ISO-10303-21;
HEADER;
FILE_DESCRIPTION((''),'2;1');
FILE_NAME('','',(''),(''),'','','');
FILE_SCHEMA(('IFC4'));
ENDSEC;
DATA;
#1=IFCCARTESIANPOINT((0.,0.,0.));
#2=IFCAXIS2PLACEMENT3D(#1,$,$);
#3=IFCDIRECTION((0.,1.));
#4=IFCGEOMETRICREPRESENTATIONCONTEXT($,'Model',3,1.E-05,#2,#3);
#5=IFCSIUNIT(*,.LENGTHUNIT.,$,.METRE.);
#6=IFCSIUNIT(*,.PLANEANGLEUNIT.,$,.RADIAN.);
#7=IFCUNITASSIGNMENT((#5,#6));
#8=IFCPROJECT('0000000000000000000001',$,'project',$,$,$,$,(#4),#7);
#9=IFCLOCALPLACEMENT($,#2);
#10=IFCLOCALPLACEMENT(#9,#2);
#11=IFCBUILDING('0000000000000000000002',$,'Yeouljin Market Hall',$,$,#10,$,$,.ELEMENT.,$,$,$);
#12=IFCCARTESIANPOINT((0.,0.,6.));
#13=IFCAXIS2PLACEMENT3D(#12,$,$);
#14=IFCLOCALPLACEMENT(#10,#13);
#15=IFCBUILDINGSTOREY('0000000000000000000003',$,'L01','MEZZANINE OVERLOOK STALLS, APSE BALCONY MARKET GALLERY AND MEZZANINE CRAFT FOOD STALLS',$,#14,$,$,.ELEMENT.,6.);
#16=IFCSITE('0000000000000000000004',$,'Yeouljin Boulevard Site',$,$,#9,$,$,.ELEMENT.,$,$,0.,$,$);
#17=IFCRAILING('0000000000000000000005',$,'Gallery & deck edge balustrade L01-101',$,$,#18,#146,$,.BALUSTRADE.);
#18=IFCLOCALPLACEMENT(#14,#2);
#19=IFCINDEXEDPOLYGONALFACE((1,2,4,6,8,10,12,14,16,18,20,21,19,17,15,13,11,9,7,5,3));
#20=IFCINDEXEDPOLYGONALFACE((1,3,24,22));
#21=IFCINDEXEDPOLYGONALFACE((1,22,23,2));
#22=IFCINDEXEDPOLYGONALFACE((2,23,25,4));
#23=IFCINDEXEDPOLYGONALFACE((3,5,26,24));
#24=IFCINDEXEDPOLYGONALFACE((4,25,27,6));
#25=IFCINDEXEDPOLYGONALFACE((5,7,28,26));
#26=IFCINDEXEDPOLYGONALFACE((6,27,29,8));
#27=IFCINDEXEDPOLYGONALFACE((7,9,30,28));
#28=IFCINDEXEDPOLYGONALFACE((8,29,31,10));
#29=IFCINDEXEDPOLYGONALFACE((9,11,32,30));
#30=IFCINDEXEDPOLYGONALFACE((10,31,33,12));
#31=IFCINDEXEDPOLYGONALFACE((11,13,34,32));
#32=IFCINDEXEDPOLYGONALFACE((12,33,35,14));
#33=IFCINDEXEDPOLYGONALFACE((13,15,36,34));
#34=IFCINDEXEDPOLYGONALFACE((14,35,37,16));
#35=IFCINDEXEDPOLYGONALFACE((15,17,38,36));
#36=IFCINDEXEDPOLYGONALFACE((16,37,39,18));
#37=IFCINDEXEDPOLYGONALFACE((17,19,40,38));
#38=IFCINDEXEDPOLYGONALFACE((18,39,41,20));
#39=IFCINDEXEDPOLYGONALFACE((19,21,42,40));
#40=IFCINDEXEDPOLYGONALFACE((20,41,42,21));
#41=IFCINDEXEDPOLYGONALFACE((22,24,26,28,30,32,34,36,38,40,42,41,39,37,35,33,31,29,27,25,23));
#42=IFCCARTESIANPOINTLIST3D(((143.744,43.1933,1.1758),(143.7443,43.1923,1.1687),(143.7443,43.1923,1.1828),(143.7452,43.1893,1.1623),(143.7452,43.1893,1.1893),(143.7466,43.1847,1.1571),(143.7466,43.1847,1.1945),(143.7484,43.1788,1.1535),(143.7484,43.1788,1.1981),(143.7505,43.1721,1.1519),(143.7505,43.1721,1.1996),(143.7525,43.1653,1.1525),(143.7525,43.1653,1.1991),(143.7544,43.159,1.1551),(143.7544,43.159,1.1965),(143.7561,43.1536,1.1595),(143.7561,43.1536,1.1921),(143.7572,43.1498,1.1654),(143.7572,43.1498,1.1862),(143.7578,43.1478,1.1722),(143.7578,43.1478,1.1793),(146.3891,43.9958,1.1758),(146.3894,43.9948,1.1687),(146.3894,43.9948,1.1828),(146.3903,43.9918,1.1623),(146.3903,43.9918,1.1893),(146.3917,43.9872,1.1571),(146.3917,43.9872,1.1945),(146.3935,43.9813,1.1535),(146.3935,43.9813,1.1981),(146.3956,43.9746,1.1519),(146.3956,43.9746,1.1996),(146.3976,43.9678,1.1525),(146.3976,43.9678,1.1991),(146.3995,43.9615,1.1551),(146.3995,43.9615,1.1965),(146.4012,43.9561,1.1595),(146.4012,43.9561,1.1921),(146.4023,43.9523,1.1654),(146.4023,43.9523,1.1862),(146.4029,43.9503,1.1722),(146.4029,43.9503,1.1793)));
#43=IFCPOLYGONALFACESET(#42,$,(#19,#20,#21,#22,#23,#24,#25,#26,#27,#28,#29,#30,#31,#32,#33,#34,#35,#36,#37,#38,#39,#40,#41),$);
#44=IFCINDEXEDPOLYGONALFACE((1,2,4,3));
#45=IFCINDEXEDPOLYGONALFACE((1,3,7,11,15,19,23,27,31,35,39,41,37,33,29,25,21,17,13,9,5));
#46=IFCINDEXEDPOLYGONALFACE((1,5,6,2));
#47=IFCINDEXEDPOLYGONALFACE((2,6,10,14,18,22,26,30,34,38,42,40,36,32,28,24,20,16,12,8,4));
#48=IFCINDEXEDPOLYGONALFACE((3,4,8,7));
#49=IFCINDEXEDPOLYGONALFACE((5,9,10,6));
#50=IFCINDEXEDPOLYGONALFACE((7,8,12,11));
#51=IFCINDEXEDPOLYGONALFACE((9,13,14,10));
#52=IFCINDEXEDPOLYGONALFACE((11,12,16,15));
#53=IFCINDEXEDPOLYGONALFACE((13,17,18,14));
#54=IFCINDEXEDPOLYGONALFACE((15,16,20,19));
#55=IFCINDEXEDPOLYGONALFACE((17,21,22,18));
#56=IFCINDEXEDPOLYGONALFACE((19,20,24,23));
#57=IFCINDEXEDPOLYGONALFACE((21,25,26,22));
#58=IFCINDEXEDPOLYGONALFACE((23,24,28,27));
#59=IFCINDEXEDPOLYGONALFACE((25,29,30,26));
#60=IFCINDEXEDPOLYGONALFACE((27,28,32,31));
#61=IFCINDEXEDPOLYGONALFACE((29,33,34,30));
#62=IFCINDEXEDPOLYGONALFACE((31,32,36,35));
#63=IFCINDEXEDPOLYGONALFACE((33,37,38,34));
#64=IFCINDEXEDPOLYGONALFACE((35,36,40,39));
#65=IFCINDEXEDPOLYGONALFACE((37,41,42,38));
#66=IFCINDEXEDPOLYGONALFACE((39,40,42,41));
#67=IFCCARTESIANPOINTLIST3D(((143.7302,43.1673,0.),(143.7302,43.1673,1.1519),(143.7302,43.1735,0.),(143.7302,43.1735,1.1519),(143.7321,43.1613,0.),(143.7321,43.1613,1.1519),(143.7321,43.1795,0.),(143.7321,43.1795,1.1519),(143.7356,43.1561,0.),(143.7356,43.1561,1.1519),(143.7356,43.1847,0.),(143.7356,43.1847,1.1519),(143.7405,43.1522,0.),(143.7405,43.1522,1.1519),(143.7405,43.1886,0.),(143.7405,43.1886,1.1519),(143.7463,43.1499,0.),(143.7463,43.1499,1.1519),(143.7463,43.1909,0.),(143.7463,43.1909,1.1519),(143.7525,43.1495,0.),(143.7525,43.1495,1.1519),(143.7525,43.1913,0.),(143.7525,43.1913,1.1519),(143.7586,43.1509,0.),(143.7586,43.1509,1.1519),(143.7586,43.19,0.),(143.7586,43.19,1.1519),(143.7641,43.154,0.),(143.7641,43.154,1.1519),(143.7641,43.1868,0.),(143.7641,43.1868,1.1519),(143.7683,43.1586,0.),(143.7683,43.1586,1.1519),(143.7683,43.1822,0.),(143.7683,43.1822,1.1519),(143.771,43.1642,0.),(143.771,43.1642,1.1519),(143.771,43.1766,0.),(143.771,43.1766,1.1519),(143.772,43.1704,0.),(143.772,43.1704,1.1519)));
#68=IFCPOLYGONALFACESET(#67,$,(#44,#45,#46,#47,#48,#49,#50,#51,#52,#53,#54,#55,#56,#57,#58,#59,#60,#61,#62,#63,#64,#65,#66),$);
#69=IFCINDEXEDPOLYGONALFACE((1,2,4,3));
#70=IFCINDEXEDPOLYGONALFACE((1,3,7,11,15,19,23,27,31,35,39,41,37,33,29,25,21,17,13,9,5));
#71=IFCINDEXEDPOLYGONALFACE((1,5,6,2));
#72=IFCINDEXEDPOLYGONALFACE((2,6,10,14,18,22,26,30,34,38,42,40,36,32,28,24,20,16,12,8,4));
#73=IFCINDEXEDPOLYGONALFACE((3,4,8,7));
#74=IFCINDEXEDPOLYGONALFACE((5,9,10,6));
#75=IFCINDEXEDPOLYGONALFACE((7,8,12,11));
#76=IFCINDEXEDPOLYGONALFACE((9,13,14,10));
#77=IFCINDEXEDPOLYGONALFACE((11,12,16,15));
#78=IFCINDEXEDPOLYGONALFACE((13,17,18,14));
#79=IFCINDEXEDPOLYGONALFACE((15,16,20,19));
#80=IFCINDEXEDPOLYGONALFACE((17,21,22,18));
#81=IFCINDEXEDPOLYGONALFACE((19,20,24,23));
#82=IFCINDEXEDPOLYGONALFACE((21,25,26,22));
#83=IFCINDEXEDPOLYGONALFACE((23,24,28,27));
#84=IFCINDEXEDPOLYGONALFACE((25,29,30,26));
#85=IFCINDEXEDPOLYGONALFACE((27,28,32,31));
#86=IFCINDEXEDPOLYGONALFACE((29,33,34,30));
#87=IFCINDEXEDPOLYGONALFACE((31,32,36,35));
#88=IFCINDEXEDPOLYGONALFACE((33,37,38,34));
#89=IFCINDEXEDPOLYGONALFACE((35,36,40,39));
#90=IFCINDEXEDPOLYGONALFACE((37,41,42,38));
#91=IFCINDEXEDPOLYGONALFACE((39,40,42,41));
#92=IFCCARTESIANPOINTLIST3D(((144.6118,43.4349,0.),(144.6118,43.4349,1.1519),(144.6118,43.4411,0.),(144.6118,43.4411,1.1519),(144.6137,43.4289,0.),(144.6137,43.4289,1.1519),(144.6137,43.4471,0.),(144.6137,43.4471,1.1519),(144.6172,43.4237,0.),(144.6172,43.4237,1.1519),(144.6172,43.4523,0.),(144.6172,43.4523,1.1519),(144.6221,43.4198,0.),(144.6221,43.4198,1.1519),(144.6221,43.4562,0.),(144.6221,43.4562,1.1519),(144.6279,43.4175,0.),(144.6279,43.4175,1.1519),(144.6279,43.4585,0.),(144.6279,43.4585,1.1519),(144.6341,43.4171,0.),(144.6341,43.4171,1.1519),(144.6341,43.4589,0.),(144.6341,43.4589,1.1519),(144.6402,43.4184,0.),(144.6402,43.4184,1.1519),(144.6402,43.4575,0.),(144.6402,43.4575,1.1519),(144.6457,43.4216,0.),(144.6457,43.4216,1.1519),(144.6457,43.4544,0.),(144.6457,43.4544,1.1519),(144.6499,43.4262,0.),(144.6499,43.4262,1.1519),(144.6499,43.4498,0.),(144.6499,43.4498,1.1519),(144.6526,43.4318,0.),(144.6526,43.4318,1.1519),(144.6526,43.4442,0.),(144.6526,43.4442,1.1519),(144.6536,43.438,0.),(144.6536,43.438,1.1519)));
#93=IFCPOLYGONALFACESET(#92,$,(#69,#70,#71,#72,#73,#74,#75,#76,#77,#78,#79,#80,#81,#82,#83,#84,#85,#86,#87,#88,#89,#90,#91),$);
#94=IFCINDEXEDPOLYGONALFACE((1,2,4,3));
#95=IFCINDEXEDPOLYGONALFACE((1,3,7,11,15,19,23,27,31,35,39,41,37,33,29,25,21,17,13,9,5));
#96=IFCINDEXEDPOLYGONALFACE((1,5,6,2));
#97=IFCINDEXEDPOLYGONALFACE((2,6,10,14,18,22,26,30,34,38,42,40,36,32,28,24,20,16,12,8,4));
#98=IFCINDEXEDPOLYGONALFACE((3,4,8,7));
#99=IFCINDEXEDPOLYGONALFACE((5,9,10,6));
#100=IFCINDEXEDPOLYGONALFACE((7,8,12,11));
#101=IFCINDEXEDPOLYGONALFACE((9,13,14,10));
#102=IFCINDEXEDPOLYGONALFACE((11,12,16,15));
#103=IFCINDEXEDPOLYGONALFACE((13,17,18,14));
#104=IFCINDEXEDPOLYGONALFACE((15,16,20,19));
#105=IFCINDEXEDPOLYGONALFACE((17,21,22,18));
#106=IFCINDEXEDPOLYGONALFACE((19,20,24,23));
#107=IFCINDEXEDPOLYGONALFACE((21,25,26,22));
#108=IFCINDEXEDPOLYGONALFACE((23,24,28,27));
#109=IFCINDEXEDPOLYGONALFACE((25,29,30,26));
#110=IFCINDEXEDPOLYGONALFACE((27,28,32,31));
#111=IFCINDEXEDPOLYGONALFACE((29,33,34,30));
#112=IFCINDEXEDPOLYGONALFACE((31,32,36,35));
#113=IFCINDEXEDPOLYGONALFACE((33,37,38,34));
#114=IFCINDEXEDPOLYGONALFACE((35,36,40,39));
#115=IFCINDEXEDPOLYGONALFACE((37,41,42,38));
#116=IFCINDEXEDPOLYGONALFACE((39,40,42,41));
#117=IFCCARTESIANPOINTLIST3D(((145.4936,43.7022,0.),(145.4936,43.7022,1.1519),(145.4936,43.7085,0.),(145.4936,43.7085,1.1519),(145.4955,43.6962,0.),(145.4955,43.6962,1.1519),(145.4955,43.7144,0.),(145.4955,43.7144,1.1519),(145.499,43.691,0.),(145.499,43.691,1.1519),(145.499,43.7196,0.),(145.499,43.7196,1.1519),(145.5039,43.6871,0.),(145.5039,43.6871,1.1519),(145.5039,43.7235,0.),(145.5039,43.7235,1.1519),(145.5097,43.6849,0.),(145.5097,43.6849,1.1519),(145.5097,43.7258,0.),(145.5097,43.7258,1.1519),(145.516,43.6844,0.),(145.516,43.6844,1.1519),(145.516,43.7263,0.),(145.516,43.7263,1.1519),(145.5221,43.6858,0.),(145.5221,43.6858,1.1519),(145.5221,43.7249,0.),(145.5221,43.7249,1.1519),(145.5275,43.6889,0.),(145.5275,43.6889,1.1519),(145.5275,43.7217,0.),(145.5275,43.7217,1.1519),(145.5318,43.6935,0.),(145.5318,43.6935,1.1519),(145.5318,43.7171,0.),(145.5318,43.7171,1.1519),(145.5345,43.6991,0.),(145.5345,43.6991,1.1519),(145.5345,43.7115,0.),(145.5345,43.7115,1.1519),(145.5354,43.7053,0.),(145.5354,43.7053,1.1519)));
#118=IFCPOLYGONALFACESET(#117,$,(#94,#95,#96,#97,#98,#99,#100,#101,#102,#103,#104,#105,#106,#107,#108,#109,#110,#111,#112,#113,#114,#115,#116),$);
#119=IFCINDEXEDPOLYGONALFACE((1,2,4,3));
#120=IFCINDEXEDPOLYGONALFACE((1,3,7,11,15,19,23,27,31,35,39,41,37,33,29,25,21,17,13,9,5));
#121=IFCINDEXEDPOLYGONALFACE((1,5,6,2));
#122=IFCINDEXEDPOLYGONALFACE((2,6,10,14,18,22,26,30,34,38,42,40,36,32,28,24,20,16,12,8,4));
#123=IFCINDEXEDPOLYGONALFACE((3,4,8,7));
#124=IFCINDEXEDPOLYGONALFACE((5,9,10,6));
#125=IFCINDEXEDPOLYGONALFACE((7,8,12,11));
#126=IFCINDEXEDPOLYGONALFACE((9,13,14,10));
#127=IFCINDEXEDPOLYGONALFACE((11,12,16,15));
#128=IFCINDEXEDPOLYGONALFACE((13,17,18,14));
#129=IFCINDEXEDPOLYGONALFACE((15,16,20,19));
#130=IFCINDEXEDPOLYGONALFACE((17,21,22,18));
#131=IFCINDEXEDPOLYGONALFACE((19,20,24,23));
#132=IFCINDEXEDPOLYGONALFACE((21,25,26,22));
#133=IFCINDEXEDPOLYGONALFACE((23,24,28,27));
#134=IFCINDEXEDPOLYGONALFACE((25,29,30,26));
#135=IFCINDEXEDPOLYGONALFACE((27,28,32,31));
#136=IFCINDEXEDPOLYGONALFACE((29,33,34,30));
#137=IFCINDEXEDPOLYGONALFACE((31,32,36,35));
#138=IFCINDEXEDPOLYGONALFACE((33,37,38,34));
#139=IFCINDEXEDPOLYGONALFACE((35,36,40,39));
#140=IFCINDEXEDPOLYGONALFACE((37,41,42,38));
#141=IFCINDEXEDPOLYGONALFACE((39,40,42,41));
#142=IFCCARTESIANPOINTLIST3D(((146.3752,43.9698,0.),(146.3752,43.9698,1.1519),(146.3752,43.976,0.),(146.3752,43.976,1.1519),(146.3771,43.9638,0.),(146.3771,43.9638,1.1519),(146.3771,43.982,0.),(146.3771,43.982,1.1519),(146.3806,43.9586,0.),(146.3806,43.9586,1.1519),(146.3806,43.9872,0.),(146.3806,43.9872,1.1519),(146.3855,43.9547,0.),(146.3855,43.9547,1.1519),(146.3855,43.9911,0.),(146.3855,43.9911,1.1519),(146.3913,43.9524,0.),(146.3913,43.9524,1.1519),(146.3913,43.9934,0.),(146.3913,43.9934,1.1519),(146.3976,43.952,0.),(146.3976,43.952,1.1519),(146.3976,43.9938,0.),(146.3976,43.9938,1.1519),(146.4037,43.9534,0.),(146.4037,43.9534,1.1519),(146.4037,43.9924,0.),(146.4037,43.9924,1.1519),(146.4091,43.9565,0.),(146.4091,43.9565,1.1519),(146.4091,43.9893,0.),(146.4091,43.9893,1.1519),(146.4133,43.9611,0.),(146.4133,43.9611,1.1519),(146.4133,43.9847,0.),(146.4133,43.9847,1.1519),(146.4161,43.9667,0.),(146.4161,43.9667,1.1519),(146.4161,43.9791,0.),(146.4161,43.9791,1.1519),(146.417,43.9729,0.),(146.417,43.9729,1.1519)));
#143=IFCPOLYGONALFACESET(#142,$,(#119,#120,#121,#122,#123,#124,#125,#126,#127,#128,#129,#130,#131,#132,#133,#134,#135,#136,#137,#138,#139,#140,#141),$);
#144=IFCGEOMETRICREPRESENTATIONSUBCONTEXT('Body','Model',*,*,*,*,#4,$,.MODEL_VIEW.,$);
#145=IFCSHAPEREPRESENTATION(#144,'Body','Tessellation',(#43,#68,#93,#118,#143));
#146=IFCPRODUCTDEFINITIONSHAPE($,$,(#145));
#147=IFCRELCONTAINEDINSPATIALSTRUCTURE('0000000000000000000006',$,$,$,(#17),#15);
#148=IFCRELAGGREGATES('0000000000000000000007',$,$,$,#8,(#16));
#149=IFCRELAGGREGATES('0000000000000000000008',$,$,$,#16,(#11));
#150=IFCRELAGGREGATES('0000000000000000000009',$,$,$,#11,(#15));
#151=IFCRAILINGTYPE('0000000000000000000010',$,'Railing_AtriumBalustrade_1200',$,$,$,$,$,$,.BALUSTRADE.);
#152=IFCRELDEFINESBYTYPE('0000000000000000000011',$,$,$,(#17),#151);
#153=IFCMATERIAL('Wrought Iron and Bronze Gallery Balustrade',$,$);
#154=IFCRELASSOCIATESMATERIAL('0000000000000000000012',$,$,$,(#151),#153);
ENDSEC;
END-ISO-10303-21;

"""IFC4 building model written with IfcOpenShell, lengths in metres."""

from ifc_helpers import new_model, si_unit, direction, frame, origin, origin_2d, place, context, subcontext, project, spatial, circle, extrude, material, type_object, element, save


model = new_model("IFC4")

# Units and contexts
model_context = context("Model", 3, precision=1e-05, world=origin(), true_north=direction((0.0, 1.0)))
body_context = subcontext(model_context, "Body", "Model", "MODEL_VIEW")
ifc_project = project(units=[si_unit("LENGTHUNIT", "METRE"), si_unit("PLANEANGLEUNIT", "RADIAN")], contexts=[model_context])

# Site, building, storey
site_placement = place(None, origin())
site = spatial("IfcSite", under=ifc_project, at=site_placement, Name="Yeouljin Boulevard Site", CompositionType="ELEMENT", RefElevation=0.0)
building_placement = place(site_placement, origin())
building = spatial("IfcBuilding", under=site, at=building_placement, Name="Yeouljin Market Hall", CompositionType="ELEMENT")
storey_placement = place(building_placement, frame((0.0, 0.0, 6.0)))
storey = spatial("IfcBuildingStorey", under=building, at=storey_placement, Name="L01", Description="MEZZANINE OVERLOOK STALLS, APSE BALCONY MARKET GALLERY AND MEZZANINE CRAFT FOOD STALLS", CompositionType="ELEMENT", Elevation=6.0)

# Railing
ifc_material_1 = material(Name="Wrought Iron and Bronze Gallery Balustrade")
railing_type = type_object("IfcRailingType", Name="Railing_AtriumBalustrade_1200", PredefinedType="BALUSTRADE", material=ifc_material_1)
railing_1_placement = place(storey_placement, frame((143.751, 43.1704, 0.0)))
element("IfcRailing", 1, at=railing_1_placement, inside=storey, type_object=railing_type, Name="Gallery & deck edge balustrade L01-101", PredefinedType="BALUSTRADE", context=body_context, shape_type="SweptSolid", body=[
    extrude(circle(Radius=0.0239, at=origin_2d()), frame((0.0, 0.0, 1.1758), z_axis=(0.956927, 0.290329, 0.0), x_axis=(-0.290329, 0.956927, 0.0)), (0.0, 0.0, 1.0), 2.7642),
    extrude(circle(Radius=0.021, at=origin_2d()), origin(), (0.0, 0.0, 1.0), 1.1519),
    extrude(circle(Radius=0.021, at=origin_2d()), frame((0.8816, 0.2676, 0.0)), (0.0, 0.0, 1.0), 1.1519),
    extrude(circle(Radius=0.021, at=origin_2d()), frame((1.7634, 0.5349, 0.0)), (0.0, 0.0, 1.0), 1.1519),
    extrude(circle(Radius=0.021, at=origin_2d()), frame((2.645, 0.8025, 0.0)), (0.0, 0.0, 1.0), 1.1519),
])

save(model, "model.ifc")
